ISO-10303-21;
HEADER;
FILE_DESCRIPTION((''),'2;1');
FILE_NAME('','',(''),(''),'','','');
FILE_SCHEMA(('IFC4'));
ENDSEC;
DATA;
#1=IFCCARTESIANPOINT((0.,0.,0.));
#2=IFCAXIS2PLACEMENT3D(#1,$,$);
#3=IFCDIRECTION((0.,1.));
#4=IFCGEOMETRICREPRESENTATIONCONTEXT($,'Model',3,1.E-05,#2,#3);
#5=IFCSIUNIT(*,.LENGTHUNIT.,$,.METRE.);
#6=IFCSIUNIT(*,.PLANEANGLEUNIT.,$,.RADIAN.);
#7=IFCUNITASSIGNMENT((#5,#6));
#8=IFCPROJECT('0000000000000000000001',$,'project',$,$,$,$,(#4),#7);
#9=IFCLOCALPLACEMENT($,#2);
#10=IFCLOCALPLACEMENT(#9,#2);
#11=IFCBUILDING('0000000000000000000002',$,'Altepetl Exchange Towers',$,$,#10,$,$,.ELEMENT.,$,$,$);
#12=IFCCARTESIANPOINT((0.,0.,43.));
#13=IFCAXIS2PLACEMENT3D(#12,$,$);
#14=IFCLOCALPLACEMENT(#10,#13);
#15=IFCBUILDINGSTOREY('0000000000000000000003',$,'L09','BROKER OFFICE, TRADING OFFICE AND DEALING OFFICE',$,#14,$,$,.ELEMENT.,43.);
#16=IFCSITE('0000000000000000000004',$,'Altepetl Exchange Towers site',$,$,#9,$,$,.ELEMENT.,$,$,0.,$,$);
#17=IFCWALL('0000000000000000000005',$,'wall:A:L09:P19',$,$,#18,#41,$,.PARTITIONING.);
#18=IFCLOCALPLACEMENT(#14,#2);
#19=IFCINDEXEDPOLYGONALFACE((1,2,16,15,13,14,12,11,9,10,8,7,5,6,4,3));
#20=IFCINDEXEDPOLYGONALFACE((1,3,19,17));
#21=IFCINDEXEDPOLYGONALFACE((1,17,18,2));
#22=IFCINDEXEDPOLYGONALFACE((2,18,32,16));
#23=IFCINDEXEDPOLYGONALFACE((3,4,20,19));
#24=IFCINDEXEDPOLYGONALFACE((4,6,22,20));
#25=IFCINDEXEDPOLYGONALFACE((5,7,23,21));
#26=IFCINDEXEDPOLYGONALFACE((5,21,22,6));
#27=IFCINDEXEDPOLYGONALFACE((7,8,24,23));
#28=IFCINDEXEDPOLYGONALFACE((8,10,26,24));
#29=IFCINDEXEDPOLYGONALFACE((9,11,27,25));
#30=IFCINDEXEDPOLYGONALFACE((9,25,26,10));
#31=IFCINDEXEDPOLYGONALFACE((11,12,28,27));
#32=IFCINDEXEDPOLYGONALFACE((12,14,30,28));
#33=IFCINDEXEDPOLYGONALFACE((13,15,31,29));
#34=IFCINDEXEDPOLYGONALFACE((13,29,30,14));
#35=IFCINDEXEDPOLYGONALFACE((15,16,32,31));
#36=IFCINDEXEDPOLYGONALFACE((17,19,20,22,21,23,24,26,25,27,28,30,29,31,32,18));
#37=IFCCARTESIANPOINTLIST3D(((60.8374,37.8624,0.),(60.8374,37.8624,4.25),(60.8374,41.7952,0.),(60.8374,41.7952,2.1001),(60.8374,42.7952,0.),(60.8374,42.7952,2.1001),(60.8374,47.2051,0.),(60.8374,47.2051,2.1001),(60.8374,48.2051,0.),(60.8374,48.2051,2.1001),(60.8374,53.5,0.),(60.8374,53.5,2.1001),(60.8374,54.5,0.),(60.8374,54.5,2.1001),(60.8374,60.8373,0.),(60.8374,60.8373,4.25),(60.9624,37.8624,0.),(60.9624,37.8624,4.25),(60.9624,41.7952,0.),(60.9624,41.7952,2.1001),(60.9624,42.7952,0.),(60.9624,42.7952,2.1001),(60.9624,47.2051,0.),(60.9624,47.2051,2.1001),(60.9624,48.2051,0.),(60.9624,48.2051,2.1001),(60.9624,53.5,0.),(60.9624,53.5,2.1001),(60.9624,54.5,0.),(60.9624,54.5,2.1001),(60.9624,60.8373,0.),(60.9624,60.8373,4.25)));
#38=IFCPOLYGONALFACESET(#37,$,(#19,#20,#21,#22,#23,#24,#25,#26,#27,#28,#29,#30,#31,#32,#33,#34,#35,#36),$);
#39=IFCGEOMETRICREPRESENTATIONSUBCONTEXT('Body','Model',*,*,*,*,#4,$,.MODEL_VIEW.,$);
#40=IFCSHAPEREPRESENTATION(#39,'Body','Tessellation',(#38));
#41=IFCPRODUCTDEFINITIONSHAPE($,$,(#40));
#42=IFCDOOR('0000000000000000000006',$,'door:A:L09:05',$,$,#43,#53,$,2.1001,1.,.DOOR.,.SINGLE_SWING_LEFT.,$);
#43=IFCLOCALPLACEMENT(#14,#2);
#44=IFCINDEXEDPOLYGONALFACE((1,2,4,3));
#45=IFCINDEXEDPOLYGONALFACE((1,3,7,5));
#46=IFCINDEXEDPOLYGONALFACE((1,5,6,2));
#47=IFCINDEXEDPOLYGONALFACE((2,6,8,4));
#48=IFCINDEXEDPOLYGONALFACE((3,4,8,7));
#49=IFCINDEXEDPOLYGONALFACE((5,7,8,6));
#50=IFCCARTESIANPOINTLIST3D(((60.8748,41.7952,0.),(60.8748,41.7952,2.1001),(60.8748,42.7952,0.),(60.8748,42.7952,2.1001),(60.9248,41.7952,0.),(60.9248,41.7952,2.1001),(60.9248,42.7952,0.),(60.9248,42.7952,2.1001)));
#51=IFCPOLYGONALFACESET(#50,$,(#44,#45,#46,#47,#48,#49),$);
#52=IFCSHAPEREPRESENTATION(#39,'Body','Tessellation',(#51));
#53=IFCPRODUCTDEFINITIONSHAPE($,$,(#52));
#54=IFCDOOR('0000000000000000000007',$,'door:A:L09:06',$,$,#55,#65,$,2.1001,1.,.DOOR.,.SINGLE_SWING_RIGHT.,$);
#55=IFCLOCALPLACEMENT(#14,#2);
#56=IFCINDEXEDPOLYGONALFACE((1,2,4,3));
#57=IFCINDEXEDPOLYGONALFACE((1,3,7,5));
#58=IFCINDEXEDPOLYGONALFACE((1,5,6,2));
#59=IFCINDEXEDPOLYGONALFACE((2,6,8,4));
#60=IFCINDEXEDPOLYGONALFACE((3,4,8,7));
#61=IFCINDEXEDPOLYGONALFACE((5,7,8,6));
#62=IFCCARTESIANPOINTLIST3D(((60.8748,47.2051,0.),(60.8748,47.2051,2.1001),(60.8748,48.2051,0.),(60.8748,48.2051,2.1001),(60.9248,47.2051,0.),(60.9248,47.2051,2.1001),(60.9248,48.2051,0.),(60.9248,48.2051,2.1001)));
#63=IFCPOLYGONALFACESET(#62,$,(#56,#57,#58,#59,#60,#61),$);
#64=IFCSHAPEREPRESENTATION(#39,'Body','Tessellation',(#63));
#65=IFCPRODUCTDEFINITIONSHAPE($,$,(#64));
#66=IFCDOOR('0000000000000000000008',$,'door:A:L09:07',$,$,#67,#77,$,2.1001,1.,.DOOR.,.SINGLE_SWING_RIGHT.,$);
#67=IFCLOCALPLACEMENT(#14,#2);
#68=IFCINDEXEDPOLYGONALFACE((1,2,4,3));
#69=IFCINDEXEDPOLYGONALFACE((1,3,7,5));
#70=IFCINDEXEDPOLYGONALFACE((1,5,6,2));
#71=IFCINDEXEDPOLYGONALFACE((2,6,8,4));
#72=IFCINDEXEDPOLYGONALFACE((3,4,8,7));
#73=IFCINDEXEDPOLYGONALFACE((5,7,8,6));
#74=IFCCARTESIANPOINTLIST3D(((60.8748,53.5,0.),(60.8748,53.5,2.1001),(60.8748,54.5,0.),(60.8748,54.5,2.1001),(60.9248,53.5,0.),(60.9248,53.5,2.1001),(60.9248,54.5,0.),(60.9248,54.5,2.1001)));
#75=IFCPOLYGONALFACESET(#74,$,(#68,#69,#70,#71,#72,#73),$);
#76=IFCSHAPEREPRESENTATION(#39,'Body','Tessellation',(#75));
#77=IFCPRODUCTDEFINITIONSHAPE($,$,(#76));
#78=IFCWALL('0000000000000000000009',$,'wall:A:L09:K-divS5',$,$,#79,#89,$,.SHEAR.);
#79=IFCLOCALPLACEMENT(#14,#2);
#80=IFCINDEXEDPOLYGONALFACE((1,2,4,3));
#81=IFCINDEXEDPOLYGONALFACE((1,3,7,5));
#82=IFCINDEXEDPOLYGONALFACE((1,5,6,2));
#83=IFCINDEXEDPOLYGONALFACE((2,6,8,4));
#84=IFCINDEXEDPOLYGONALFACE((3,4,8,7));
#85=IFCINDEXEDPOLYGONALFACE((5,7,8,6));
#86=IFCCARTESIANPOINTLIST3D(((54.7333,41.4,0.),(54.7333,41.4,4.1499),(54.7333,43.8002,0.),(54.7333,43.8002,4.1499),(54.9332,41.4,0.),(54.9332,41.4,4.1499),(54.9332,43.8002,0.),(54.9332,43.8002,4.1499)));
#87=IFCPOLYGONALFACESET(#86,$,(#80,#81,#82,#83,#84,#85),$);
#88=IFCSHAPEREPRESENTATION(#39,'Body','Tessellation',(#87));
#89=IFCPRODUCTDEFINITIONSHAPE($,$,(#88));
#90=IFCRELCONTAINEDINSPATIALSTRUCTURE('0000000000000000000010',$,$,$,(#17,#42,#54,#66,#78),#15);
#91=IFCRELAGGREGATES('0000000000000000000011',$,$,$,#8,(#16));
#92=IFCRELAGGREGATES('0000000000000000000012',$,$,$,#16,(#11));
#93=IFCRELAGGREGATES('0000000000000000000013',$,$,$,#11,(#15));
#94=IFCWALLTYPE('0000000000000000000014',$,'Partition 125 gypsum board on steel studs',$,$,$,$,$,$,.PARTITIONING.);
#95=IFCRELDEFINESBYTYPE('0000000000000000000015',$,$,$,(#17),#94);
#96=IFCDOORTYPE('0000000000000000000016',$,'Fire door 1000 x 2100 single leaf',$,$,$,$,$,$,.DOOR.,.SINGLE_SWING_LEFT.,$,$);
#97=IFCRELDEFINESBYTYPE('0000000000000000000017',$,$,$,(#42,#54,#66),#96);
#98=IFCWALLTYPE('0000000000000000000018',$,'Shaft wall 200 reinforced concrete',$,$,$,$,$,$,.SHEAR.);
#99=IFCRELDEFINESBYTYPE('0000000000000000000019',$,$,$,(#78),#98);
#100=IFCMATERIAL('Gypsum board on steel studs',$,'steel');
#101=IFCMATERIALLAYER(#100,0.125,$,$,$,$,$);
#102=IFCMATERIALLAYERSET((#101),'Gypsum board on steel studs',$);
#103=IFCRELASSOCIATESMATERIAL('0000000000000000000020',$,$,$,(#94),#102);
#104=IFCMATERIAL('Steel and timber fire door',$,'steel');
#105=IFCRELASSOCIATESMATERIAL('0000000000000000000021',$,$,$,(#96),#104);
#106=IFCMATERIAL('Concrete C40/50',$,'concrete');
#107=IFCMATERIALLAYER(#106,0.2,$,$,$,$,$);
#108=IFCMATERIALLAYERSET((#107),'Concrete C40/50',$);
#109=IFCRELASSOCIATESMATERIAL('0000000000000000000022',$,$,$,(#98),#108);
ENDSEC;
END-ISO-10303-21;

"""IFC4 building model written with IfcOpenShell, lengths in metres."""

from ifc_helpers import new_model, si_unit, direction, frame, frame_2d, origin, place, context, subcontext, project, spatial, rectangle, extrude, material, layer, layer_set, type_object, element, fill, save


model = new_model("IFC4")

# Units and contexts
model_context = context("Model", 3, precision=1e-05, world=origin(), true_north=direction((0.0, 1.0)))
body_context = subcontext(model_context, "Body", "Model", "MODEL_VIEW")
ifc_project = project(units=[si_unit("LENGTHUNIT", "METRE"), si_unit("PLANEANGLEUNIT", "RADIAN")], contexts=[model_context])

# Site, building, storey
site_placement = place(None, origin())
site = spatial("IfcSite", under=ifc_project, at=site_placement, Name="Altepetl Exchange Towers site", CompositionType="ELEMENT", RefElevation=0.0)
building_placement = place(site_placement, origin())
building = spatial("IfcBuilding", under=site, at=building_placement, Name="Altepetl Exchange Towers", CompositionType="ELEMENT")
storey_placement = place(building_placement, frame((0.0, 0.0, 43.0)))
storey = spatial("IfcBuildingStorey", under=building, at=storey_placement, Name="L09", Description="BROKER OFFICE, TRADING OFFICE AND DEALING OFFICE", CompositionType="ELEMENT", Elevation=43.0)

# Shared definitions
ifc_material_1 = material(Name="Steel and timber fire door", Category="steel")

# Shared definitions
ifc_material_2 = material(Name="Gypsum board on steel studs", Category="steel")
ifc_layer_1 = layer(ifc_material_2, 0.125)
ifc_layer_set_1 = layer_set([ifc_layer_1], Name="Gypsum board on steel studs")
wall_type_1 = type_object("IfcWallType", Name="Partition 125 gypsum board on steel studs", PredefinedType="PARTITIONING", material=ifc_layer_set_1)

# Wall, openings, doors
wall_1_placement = place(storey_placement, frame((60.8999, 37.8625, 0.0), z_axis=(0.0, 0.0, 1.0), x_axis=(0.0, 1.0, 0.0)))
wall_1 = element("IfcWall", 1, at=wall_1_placement, inside=storey, type_object=wall_type_1, Name="wall:A:L09:P19", PredefinedType="PARTITIONING", context=body_context, shape_type="SweptSolid", body=[
    extrude(rectangle(XDim=22.9749, YDim=0.125, at=frame_2d((11.4873, 0.0))), origin(), (0.0, 0.0, 1.0), 4.25),
])
opening_1_placement = place(wall_1_placement, frame((3.9326, 0.0, 0.0)))
opening_1 = element("IfcOpeningElement", 2, at=opening_1_placement, cuts=wall_1, PredefinedType="OPENING", context=body_context, shape_type="SweptSolid", body=[
    extrude(rectangle(XDim=1.0, YDim=2.1001, at=frame_2d((0.5, 1.05))), frame((0.0, 0.0725, 0.0), z_axis=(0.0, -1.0, 0.0), x_axis=(1.0, 0.0, 0.0)), (0.0, 0.0, 1.0), 0.145),
])
opening_2_placement = place(wall_1_placement, frame((9.3425, 0.0, 0.0)))
opening_2 = element("IfcOpeningElement", 3, at=opening_2_placement, cuts=wall_1, PredefinedType="OPENING", context=body_context, shape_type="SweptSolid", body=[
    extrude(rectangle(XDim=1.0, YDim=2.1001, at=frame_2d((0.5, 1.05))), frame((0.0, 0.0725, 0.0), z_axis=(0.0, -1.0, 0.0), x_axis=(1.0, 0.0, 0.0)), (0.0, 0.0, 1.0), 0.145),
])
opening_3_placement = place(wall_1_placement, frame((15.6375, 0.0, 0.0)))
opening_3 = element("IfcOpeningElement", 4, at=opening_3_placement, cuts=wall_1, PredefinedType="OPENING", context=body_context, shape_type="SweptSolid", body=[
    extrude(rectangle(XDim=1.0, YDim=2.1001, at=frame_2d((0.5, 1.05))), frame((0.0, 0.0725, 0.0), z_axis=(0.0, -1.0, 0.0), x_axis=(1.0, 0.0, 0.0)), (0.0, 0.0, 1.0), 0.145),
])
door_type_1 = type_object("IfcDoorType", Name="Fire door 1000 x 2100 single leaf", OperationType="SINGLE_SWING_LEFT", PredefinedType="DOOR", material=ifc_material_1)
door_1_placement = place(opening_1_placement, frame((1.0, 0.0, 0.0), x_axis=(-1.0, 0.0, 0.0)))
door_1 = element("IfcDoor", 5, at=door_1_placement, inside=storey, type_object=door_type_1, Name="door:A:L09:05", OperationType="SINGLE_SWING_LEFT", OverallHeight=2.1001, OverallWidth=1.0, PredefinedType="DOOR", context=body_context, shape_type="SweptSolid", body=[
    extrude(rectangle(XDim=1.0, YDim=2.1001, at=frame_2d((0.5, 1.05))), frame((0.0, 0.0249, 0.0), z_axis=(0.0, -1.0, 0.0), x_axis=(1.0, 0.0, 0.0)), (0.0, 0.0, 1.0), 0.05),
])
fill(opening_1, door_1)
door_2_placement = place(opening_2_placement, frame((1.0, 0.0, 0.0), x_axis=(-1.0, 0.0, 0.0)))
door_2 = element("IfcDoor", 6, at=door_2_placement, inside=storey, type_object=door_type_1, Name="door:A:L09:06", OperationType="SINGLE_SWING_RIGHT", OverallHeight=2.1001, OverallWidth=1.0, PredefinedType="DOOR", context=body_context, shape_type="SweptSolid", body=[
    extrude(rectangle(XDim=1.0, YDim=2.1001, at=frame_2d((0.5, 1.05))), frame((0.0, 0.0249, 0.0), z_axis=(0.0, -1.0, 0.0), x_axis=(1.0, 0.0, 0.0)), (0.0, 0.0, 1.0), 0.05),
])
fill(opening_2, door_2)
door_3_placement = place(opening_3_placement, frame((1.0, 0.0, 0.0), x_axis=(-1.0, 0.0, 0.0)))
door_3 = element("IfcDoor", 7, at=door_3_placement, inside=storey, type_object=door_type_1, Name="door:A:L09:07", OperationType="SINGLE_SWING_RIGHT", OverallHeight=2.1001, OverallWidth=1.0, PredefinedType="DOOR", context=body_context, shape_type="SweptSolid", body=[
    extrude(rectangle(XDim=1.0, YDim=2.1001, at=frame_2d((0.5, 1.05))), frame((0.0, 0.0249, 0.0), z_axis=(0.0, -1.0, 0.0), x_axis=(1.0, 0.0, 0.0)), (0.0, 0.0, 1.0), 0.05),
])
fill(opening_3, door_3)

# Wall
ifc_material_3 = material(Name="Concrete C40/50", Category="concrete")
ifc_layer_2 = layer(ifc_material_3, 0.2)
ifc_layer_set_2 = layer_set([ifc_layer_2], Name="Concrete C40/50")
wall_type_2 = type_object("IfcWallType", Name="Shaft wall 200 reinforced concrete", PredefinedType="SHEAR", material=ifc_layer_set_2)
wall_2_placement = place(storey_placement, frame((54.8333, 41.3999, 0.0), z_axis=(0.0, 0.0, 1.0), x_axis=(0.0, 1.0, 0.0)))
element("IfcWall", 8, at=wall_2_placement, inside=storey, type_object=wall_type_2, Name="wall:A:L09:K-divS5", PredefinedType="SHEAR", context=body_context, shape_type="SweptSolid", body=[
    extrude(rectangle(XDim=2.4001, YDim=0.2, at=frame_2d((1.2002, 0.0))), origin(), (0.0, 0.0, 1.0), 4.1499),
])

save(model, "model.ifc")
